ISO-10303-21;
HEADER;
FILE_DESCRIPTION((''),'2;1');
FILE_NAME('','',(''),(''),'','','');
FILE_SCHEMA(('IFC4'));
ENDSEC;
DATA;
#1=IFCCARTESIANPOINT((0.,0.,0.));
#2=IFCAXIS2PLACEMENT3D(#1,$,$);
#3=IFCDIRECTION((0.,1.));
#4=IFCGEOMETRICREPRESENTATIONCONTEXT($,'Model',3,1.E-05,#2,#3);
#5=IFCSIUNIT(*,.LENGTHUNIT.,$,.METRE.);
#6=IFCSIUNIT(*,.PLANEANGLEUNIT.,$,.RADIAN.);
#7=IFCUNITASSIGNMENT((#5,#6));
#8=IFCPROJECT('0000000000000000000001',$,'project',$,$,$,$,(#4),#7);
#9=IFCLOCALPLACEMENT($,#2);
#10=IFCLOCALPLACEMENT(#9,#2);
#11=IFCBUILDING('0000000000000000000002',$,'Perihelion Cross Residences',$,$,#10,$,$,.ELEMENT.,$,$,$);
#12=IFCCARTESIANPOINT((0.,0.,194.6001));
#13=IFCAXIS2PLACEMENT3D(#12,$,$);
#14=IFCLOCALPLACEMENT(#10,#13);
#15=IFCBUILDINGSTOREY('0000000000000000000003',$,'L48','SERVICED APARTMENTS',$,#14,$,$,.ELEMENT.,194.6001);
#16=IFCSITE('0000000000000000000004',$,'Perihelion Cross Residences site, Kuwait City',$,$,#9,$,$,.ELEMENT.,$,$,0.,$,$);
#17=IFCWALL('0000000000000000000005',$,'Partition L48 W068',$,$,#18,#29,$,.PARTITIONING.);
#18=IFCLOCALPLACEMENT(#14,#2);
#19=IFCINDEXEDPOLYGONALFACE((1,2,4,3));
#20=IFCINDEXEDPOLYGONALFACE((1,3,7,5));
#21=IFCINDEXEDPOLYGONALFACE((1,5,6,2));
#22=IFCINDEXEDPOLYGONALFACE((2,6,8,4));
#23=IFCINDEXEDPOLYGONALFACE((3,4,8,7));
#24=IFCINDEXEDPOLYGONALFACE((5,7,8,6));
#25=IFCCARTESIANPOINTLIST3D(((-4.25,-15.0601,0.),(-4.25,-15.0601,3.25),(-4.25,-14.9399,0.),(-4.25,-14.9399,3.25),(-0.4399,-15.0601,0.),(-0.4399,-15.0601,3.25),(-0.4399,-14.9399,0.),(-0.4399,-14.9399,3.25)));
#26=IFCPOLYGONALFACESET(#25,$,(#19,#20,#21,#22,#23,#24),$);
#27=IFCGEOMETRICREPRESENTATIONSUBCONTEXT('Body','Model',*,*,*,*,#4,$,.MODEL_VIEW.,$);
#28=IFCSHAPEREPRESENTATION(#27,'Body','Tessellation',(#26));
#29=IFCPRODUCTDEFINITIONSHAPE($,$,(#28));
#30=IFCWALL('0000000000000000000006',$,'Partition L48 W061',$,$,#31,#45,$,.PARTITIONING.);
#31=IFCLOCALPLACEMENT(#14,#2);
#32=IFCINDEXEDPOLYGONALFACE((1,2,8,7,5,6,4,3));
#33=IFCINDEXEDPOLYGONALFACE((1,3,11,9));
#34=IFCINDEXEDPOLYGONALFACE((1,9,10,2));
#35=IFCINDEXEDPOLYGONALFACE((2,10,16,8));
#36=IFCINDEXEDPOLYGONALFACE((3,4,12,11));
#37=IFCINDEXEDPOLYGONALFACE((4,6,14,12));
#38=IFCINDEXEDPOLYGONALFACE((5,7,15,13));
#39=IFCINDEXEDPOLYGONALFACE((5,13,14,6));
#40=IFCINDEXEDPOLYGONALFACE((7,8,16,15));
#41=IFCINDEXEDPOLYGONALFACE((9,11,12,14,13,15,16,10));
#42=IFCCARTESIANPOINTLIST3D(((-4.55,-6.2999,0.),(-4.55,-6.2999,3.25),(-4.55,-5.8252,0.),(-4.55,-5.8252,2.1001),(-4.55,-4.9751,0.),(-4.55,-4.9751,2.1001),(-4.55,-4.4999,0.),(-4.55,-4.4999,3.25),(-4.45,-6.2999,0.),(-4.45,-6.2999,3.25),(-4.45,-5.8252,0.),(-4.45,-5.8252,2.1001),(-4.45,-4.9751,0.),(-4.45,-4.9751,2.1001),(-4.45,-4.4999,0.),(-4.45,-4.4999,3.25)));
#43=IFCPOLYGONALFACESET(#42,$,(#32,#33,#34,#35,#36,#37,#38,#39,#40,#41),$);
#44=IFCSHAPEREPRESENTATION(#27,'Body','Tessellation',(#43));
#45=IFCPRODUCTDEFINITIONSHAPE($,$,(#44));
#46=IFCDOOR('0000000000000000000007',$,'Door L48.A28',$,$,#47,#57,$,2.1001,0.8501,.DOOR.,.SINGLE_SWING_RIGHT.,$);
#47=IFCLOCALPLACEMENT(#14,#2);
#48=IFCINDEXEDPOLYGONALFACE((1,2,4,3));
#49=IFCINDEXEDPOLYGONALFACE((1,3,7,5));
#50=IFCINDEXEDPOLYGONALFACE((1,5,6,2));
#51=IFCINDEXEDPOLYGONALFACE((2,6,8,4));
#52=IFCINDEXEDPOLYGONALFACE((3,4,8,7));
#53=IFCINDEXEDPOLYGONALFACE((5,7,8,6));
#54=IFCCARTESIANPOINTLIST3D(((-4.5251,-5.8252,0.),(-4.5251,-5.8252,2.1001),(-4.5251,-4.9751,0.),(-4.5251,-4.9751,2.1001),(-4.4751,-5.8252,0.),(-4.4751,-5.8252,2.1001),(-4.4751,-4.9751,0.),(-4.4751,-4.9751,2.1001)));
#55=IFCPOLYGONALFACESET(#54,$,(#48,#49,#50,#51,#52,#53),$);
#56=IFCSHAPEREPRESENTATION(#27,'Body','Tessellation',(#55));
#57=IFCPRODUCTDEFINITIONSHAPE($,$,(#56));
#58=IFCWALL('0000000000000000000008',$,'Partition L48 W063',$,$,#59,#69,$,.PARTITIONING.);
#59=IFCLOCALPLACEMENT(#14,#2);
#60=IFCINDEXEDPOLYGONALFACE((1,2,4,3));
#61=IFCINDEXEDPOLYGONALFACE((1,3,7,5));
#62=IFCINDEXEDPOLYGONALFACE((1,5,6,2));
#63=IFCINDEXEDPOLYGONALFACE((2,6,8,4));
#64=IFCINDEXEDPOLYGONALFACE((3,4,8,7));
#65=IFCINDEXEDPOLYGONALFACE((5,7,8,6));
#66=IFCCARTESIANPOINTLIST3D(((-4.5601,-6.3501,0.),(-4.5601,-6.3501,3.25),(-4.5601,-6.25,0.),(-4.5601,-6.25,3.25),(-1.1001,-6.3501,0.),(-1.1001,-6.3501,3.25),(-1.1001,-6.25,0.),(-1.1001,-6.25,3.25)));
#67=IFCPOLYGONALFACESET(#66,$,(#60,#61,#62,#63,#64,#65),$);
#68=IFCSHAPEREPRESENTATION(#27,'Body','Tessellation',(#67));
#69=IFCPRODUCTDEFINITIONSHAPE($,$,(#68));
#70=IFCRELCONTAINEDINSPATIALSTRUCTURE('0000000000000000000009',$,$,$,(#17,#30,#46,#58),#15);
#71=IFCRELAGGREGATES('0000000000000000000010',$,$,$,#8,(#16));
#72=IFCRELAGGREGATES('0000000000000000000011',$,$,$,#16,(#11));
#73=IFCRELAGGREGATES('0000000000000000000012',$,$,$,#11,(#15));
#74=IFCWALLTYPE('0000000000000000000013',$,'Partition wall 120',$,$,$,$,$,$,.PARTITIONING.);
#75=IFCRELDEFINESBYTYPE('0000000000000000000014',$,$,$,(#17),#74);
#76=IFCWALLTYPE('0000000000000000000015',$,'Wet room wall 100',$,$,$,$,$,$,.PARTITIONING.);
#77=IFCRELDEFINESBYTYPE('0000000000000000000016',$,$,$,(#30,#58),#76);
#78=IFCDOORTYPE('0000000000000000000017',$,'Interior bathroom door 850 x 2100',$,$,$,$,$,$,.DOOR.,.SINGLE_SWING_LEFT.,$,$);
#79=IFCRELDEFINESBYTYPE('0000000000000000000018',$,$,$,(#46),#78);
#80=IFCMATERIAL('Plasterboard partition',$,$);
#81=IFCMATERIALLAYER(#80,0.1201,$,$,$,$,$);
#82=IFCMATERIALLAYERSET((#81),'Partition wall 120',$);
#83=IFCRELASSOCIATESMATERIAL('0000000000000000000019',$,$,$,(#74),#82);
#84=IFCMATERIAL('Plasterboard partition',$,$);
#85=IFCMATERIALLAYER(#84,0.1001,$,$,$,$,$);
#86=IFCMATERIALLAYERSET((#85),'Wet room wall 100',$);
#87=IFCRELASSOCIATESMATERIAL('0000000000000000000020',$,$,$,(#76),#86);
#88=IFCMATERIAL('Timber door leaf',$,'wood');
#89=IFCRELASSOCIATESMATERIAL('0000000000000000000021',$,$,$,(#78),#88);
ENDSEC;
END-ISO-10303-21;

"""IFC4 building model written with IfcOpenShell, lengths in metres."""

from ifc_helpers import new_model, si_unit, direction, frame, frame_2d, origin, place, context, subcontext, project, spatial, rectangle, extrude, material, layer, layer_set, type_object, element, fill, save


model = new_model("IFC4")

# Units and contexts
model_context = context("Model", 3, precision=1e-05, world=origin(), true_north=direction((0.0, 1.0)))
body_context = subcontext(model_context, "Body", "Model", "MODEL_VIEW")
ifc_project = project(units=[si_unit("LENGTHUNIT", "METRE"), si_unit("PLANEANGLEUNIT", "RADIAN")], contexts=[model_context])

# Site, building, storey
site_placement = place(None, origin())
site = spatial("IfcSite", under=ifc_project, at=site_placement, Name="Perihelion Cross Residences site, Kuwait City", CompositionType="ELEMENT", RefElevation=0.0)
building_placement = place(site_placement, origin())
building = spatial("IfcBuilding", under=site, at=building_placement, Name="Perihelion Cross Residences", CompositionType="ELEMENT")
storey_placement = place(building_placement, frame((0.0, 0.0, 194.6001)))
storey = spatial("IfcBuildingStorey", under=building, at=storey_placement, Name="L48", Description="SERVICED APARTMENTS", CompositionType="ELEMENT", Elevation=194.6001)

# Shared definitions
ifc_material_1 = material(Name="Plasterboard partition")
ifc_layer_1 = layer(ifc_material_1, 0.1201)
ifc_layer_set_1 = layer_set([ifc_layer_1], Name="Partition wall 120")
wall_type_1 = type_object("IfcWallType", Name="Partition wall 120", PredefinedType="PARTITIONING", material=ifc_layer_set_1)

# Wall
wall_1_placement = place(storey_placement, frame((-0.4399, -15.0, 0.0), z_axis=(0.0, 0.0, 1.0), x_axis=(-1.0, 0.0, 0.0)))
element("IfcWall", 1, at=wall_1_placement, inside=storey, type_object=wall_type_1, Name="Partition L48 W068", PredefinedType="PARTITIONING", context=body_context, shape_type="SweptSolid", body=[
    extrude(rectangle(XDim=3.8101, YDim=0.1201, at=frame_2d((1.905, 0.0))), origin(), (0.0, 0.0, 1.0), 3.25),
])

# Wall, opening, door
ifc_material_2 = material(Name="Plasterboard partition")
ifc_layer_2 = layer(ifc_material_2, 0.1001)
ifc_layer_set_2 = layer_set([ifc_layer_2], Name="Wet room wall 100")
wall_type_2 = type_object("IfcWallType", Name="Wet room wall 100", PredefinedType="PARTITIONING", material=ifc_layer_set_2)
wall_2_placement = place(storey_placement, frame((-4.5, -4.5, 0.0), z_axis=(0.0, 0.0, 1.0), x_axis=(0.0, -1.0, 0.0)))
wall_2 = element("IfcWall", 2, at=wall_2_placement, inside=storey, type_object=wall_type_2, Name="Partition L48 W061", PredefinedType="PARTITIONING", context=body_context, shape_type="SweptSolid", body=[
    extrude(rectangle(XDim=1.8, YDim=0.1001, at=frame_2d((0.8999, 0.0))), origin(), (0.0, 0.0, 1.0), 3.25),
])
opening_1_placement = place(wall_2_placement, frame((0.4751, 0.0, 0.0)))
opening_1 = element("IfcOpeningElement", 3, at=opening_1_placement, cuts=wall_2, PredefinedType="OPENING", context=body_context, shape_type="SweptSolid", body=[
    extrude(rectangle(XDim=0.8501, YDim=2.1001, at=frame_2d((0.425, 1.05))), frame((0.0, 0.0601, 0.0), z_axis=(0.0, -1.0, 0.0), x_axis=(1.0, 0.0, 0.0)), (0.0, 0.0, 1.0), 0.1201),
])
ifc_material_3 = material(Name="Timber door leaf", Category="wood")
door_type_1 = type_object("IfcDoorType", Name="Interior bathroom door 850 x 2100", OperationType="SINGLE_SWING_LEFT", PredefinedType="DOOR", material=ifc_material_3)
door_1_placement = place(opening_1_placement, origin())
door_1 = element("IfcDoor", 4, at=door_1_placement, inside=storey, type_object=door_type_1, Name="Door L48.A28", OperationType="SINGLE_SWING_RIGHT", OverallHeight=2.1001, OverallWidth=0.8501, PredefinedType="DOOR", context=body_context, shape_type="SweptSolid", body=[
    extrude(rectangle(XDim=0.8501, YDim=2.1001, at=frame_2d((0.425, 1.05))), frame((0.0, 0.0249, 0.0), z_axis=(0.0, -1.0, 0.0), x_axis=(1.0, 0.0, 0.0)), (0.0, 0.0, 1.0), 0.05),
])
fill(opening_1, door_1)

# Wall
wall_3_placement = place(storey_placement, frame((-1.1001, -6.3, 0.0), z_axis=(0.0, 0.0, 1.0), x_axis=(-1.0, 0.0, 0.0)))
element("IfcWall", 5, at=wall_3_placement, inside=storey, type_object=wall_type_2, Name="Partition L48 W063", PredefinedType="PARTITIONING", context=body_context, shape_type="SweptSolid", body=[
    extrude(rectangle(XDim=3.46, YDim=0.1001, at=frame_2d((1.73, 0.0))), origin(), (0.0, 0.0, 1.0), 3.25),
])

save(model, "model.ifc")
